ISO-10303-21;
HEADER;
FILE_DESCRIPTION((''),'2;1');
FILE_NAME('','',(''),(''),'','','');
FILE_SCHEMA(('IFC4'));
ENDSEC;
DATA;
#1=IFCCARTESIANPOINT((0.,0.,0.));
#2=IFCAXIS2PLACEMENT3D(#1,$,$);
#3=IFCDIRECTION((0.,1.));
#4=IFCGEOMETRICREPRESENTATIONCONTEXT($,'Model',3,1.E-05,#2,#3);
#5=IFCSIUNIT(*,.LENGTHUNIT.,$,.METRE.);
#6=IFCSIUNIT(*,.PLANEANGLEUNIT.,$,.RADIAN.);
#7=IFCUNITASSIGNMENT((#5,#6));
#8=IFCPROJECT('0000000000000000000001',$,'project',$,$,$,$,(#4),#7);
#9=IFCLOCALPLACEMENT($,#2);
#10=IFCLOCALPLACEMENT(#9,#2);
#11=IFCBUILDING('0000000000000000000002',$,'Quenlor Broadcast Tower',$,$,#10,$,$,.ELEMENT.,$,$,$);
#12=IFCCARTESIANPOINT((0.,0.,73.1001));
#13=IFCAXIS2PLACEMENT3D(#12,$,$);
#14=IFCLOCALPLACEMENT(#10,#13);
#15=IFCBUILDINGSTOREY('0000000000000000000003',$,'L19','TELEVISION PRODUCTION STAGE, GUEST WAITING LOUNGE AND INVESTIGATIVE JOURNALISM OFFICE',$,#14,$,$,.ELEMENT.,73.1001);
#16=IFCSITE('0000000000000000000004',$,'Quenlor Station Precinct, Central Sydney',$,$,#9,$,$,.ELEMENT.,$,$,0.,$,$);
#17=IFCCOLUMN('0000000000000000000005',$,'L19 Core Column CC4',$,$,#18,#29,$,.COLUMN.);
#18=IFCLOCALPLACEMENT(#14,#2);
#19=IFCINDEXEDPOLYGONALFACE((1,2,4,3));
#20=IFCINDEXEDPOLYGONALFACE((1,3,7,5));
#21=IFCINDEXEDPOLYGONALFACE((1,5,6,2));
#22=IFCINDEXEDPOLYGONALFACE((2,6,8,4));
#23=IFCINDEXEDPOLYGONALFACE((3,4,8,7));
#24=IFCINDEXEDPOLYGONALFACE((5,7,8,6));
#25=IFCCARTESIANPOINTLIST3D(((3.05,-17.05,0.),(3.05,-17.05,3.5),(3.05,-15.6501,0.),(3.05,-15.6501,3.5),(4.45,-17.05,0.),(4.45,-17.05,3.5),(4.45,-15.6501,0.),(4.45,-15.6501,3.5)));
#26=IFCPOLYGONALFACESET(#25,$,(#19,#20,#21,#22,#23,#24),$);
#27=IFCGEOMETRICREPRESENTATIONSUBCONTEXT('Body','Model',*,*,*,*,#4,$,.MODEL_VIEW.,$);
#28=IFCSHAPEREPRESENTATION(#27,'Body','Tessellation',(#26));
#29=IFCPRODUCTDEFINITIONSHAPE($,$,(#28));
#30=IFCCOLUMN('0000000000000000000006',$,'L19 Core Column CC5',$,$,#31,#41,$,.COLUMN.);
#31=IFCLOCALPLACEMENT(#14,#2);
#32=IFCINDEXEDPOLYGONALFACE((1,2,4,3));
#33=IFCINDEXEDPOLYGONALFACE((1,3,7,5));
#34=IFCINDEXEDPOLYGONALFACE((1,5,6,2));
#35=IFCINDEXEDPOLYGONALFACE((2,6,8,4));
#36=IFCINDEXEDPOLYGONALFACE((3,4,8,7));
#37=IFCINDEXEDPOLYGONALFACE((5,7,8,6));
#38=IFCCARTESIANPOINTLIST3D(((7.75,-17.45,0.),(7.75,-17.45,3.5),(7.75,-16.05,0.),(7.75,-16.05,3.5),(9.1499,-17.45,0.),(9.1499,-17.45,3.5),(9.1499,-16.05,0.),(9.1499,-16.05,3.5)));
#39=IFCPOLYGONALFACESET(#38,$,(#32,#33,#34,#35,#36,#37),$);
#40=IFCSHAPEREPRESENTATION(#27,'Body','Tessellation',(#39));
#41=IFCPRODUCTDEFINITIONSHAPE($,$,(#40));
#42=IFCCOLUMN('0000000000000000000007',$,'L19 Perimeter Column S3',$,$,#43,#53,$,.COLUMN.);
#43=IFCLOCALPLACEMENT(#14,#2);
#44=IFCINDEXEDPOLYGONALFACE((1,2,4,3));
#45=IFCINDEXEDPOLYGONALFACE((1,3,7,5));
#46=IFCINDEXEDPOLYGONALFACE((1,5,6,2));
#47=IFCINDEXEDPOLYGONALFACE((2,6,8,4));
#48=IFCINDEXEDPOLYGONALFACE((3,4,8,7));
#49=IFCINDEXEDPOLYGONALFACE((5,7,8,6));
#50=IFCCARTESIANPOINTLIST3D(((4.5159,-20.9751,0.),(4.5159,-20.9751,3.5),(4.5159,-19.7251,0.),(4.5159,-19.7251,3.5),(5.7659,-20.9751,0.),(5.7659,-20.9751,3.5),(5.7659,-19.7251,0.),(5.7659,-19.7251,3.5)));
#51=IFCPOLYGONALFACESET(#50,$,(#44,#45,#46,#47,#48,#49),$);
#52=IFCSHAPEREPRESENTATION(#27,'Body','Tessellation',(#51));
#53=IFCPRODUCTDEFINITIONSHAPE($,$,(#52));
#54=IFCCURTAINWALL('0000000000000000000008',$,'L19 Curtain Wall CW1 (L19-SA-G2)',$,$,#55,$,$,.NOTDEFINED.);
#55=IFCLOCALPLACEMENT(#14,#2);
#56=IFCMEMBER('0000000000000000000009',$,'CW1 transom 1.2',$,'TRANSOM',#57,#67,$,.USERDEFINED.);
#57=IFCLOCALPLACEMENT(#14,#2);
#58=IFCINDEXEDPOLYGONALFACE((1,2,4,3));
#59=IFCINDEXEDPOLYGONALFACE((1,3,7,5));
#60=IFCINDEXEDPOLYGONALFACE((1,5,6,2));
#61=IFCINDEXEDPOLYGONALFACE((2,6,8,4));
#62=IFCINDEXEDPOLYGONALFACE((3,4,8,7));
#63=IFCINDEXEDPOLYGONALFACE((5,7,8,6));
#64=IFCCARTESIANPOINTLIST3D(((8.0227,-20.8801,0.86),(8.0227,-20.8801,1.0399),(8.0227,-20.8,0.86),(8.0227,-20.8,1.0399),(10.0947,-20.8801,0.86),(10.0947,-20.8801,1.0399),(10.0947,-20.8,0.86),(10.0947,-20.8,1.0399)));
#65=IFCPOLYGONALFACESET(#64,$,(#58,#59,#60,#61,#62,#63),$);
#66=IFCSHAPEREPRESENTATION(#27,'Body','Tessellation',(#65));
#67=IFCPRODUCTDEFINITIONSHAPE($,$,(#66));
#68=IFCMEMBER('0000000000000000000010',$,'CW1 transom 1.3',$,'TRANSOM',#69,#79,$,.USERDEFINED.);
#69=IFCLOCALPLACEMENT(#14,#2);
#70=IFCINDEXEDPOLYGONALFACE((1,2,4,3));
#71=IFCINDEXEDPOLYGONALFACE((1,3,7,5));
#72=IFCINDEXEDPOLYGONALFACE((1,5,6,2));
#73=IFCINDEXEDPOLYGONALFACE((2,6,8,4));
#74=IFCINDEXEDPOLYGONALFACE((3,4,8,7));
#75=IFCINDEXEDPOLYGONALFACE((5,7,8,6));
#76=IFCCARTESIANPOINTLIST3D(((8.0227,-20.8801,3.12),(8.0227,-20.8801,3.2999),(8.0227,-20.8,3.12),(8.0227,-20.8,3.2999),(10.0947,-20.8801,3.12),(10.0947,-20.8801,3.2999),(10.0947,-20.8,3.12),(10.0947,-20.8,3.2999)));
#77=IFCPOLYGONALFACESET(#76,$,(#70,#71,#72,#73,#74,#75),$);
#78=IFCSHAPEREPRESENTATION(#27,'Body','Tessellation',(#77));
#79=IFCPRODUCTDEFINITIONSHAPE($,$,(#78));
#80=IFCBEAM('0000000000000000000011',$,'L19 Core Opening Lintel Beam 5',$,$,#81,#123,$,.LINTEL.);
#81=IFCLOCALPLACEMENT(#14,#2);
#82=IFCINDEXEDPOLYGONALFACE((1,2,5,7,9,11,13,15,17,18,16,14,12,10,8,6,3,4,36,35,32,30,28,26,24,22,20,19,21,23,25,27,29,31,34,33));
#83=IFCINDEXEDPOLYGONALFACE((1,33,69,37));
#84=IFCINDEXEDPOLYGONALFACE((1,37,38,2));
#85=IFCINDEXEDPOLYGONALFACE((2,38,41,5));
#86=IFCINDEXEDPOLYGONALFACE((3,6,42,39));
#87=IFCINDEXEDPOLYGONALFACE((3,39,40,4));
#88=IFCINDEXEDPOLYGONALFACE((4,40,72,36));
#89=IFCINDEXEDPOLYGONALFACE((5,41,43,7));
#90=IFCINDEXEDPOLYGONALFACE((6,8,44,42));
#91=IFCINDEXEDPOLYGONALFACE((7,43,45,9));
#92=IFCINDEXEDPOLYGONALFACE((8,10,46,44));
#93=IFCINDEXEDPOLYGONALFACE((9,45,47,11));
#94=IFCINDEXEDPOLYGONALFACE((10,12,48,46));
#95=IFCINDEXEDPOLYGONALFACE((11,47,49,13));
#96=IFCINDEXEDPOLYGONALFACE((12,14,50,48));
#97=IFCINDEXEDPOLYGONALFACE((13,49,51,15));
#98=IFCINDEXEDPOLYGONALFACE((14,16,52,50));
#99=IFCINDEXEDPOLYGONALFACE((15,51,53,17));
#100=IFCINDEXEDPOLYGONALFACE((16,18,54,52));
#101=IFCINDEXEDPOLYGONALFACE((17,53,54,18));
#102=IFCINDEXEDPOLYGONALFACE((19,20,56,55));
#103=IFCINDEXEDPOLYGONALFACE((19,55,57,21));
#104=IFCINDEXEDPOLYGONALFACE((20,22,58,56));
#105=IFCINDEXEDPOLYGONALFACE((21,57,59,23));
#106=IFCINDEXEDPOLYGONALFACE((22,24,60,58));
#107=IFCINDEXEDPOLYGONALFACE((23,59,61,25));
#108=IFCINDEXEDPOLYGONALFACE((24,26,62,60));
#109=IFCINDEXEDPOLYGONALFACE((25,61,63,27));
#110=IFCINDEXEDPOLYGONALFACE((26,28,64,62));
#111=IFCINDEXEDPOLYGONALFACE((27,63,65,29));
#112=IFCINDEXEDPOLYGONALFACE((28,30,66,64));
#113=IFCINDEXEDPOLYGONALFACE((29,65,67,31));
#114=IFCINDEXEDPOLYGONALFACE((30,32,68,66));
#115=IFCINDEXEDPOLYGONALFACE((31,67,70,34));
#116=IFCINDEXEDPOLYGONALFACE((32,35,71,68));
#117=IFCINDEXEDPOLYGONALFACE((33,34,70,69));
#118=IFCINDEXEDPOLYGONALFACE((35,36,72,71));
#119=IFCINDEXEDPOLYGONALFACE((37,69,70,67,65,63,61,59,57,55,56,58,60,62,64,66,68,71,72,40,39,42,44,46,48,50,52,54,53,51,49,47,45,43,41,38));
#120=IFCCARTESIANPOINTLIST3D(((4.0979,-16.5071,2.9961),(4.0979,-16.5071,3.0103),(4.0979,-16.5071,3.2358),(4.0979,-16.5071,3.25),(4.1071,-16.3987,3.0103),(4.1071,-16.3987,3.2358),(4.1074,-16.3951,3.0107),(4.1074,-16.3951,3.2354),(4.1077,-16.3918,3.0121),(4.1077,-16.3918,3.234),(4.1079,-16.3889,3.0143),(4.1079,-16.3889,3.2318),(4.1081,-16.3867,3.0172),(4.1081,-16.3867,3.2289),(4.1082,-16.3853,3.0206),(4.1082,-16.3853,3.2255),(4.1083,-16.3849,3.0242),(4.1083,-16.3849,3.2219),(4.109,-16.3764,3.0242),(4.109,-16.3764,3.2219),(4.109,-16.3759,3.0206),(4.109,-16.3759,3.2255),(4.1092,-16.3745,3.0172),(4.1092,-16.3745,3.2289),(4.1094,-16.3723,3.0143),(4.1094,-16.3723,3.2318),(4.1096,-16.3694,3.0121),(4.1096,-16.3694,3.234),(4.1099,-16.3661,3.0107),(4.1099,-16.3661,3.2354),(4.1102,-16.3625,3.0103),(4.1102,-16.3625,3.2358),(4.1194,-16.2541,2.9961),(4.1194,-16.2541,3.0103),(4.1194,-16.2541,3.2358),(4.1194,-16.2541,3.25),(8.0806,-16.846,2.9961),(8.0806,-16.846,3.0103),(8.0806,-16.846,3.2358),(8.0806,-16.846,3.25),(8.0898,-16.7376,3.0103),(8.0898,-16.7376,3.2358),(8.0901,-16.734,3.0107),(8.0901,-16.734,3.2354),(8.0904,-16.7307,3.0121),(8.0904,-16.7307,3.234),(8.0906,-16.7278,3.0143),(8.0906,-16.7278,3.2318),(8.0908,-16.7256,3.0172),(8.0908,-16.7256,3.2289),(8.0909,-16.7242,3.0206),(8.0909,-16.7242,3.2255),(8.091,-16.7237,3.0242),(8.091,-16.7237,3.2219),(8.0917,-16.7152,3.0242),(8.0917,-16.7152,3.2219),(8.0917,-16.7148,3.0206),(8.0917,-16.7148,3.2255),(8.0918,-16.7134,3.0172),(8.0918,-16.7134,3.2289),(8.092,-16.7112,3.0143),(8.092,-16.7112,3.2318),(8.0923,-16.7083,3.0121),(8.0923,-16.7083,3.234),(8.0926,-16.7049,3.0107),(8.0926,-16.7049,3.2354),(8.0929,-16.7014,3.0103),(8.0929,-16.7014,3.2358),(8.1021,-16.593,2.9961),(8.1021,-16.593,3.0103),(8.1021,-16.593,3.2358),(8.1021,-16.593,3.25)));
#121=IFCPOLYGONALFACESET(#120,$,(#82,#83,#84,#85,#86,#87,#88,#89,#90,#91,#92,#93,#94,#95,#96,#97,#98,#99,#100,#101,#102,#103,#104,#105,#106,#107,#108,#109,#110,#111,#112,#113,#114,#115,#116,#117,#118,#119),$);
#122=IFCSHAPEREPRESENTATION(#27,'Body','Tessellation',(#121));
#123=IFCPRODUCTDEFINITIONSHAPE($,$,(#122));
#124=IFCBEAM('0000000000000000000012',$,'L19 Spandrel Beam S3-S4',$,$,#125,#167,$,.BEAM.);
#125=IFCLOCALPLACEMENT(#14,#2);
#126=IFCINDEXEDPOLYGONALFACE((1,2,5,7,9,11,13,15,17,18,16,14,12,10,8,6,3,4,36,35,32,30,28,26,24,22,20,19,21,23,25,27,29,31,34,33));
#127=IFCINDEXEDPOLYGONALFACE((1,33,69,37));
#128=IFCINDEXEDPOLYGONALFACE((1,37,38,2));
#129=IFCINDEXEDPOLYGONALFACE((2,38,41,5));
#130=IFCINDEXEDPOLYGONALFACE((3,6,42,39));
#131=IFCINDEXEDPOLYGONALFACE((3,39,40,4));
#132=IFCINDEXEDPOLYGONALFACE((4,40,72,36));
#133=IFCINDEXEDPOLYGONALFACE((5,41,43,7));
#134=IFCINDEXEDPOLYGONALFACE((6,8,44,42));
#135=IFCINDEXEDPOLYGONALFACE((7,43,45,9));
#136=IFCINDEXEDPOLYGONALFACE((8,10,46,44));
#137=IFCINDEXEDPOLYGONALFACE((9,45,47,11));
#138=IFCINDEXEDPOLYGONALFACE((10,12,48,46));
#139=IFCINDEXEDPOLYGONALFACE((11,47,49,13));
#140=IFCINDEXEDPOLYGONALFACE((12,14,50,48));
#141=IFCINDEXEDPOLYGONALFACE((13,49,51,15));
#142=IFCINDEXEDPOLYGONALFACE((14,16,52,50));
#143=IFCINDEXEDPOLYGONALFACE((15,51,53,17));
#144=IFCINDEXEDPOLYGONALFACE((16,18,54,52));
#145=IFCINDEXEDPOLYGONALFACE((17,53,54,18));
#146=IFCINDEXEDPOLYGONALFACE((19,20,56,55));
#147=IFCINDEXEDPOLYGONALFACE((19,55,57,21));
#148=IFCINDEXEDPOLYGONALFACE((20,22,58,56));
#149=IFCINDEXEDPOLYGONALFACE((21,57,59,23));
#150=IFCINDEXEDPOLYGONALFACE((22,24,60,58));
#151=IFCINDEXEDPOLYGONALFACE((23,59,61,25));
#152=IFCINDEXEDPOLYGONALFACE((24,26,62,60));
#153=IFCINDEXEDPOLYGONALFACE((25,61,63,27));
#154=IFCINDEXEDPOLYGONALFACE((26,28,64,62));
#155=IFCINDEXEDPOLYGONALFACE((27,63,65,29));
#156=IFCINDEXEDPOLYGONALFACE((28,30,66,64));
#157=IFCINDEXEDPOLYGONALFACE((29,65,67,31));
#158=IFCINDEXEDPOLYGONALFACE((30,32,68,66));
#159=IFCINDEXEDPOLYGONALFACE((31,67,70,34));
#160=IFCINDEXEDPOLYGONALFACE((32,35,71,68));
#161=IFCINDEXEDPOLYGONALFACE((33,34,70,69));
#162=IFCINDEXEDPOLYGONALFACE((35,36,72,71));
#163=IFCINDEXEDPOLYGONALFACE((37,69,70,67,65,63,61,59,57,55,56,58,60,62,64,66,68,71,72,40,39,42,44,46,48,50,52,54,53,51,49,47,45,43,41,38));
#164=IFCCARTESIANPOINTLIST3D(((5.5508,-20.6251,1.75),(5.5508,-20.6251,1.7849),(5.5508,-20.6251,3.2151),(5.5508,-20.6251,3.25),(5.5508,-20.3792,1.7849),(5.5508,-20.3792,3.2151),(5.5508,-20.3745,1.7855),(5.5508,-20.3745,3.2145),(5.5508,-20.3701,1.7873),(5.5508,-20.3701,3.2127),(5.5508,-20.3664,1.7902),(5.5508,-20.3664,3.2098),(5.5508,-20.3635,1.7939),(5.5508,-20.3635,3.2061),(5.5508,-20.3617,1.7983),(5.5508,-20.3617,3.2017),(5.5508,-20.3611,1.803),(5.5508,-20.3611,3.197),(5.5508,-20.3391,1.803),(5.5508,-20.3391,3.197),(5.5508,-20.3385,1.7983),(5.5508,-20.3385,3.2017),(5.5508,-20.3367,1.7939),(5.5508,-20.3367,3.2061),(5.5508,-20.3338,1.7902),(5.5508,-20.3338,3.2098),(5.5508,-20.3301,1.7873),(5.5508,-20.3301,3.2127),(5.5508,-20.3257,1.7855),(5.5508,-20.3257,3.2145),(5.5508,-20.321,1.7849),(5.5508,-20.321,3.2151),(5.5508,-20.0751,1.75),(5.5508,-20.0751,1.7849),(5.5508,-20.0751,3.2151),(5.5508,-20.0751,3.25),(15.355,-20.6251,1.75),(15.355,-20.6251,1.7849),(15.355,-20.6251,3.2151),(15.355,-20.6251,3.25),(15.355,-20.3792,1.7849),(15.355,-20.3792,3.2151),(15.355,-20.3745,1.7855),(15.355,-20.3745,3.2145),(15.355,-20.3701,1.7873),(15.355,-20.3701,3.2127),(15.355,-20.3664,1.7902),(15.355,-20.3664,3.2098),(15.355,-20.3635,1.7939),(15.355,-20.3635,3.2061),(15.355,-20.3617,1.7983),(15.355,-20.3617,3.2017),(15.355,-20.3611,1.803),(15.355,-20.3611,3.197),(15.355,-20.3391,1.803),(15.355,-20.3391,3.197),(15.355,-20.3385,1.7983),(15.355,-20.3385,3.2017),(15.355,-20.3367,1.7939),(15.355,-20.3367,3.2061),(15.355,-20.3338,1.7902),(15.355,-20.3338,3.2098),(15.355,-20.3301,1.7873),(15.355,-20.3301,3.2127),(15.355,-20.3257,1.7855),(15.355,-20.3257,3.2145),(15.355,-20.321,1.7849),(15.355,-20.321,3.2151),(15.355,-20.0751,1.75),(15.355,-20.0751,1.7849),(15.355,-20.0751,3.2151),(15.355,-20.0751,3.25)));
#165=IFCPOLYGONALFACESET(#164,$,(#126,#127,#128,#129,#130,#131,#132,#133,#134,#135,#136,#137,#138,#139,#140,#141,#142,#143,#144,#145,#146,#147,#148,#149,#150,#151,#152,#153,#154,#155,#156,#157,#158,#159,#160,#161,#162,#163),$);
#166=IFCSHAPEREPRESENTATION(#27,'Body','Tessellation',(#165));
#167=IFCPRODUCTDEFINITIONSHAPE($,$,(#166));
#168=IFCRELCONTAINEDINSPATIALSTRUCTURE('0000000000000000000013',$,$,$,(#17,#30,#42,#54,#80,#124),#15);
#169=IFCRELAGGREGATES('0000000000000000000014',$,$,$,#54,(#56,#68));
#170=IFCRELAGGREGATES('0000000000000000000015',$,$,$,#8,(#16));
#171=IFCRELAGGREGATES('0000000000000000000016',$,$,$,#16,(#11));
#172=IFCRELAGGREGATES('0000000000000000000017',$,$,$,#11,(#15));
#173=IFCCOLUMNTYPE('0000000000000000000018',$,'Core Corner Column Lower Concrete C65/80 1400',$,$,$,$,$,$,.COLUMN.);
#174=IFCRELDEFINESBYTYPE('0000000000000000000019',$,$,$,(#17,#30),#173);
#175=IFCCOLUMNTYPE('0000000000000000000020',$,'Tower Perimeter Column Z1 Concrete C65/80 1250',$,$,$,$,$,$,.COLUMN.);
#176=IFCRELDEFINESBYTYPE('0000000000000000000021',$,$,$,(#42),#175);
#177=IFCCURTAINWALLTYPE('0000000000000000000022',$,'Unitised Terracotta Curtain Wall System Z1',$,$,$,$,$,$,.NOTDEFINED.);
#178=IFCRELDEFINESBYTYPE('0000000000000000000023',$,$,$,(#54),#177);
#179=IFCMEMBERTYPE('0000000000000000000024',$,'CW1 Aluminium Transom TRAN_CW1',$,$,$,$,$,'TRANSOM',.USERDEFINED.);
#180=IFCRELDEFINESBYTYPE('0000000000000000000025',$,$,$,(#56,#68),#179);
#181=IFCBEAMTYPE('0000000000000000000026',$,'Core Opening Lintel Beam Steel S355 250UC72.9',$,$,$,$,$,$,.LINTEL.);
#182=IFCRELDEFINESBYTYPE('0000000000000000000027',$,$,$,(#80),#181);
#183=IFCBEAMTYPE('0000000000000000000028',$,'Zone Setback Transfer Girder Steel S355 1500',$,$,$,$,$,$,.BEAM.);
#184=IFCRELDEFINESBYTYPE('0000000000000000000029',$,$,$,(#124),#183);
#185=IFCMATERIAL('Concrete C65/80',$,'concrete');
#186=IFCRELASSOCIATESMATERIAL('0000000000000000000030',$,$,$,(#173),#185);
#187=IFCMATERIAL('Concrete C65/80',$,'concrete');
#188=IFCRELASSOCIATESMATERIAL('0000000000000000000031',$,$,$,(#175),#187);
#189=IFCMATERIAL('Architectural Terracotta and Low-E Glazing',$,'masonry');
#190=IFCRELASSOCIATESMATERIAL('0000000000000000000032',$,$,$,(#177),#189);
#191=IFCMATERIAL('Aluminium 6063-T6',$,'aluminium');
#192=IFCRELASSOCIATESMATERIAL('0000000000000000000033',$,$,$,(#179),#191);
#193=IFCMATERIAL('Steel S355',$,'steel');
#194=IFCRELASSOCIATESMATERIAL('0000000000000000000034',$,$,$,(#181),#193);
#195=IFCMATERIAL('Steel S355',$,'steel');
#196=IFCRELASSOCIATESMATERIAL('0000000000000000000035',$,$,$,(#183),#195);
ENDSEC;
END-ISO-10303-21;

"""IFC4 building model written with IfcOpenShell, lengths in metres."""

from ifc_helpers import new_model, si_unit, direction, frame, origin, origin_2d, place, context, subcontext, project, spatial, rectangle, i_section, extrude, material, material_profile, profile_set, type_object, element, aggregate, save


model = new_model("IFC4")

# Units and contexts
model_context = context("Model", 3, precision=1e-05, world=origin(), true_north=direction((0.0, 1.0)))
body_context = subcontext(model_context, "Body", "Model", "MODEL_VIEW")
ifc_project = project(units=[si_unit("LENGTHUNIT", "METRE"), si_unit("PLANEANGLEUNIT", "RADIAN")], contexts=[model_context])

# Site, building, storey
site_placement = place(None, origin())
site = spatial("IfcSite", under=ifc_project, at=site_placement, Name="Quenlor Station Precinct, Central Sydney", CompositionType="ELEMENT", RefElevation=0.0)
building_placement = place(site_placement, origin())
building = spatial("IfcBuilding", under=site, at=building_placement, Name="Quenlor Broadcast Tower", CompositionType="ELEMENT")
storey_placement = place(building_placement, frame((0.0, 0.0, 73.1001)))
storey = spatial("IfcBuildingStorey", under=building, at=storey_placement, Name="L19", Description="TELEVISION PRODUCTION STAGE, GUEST WAITING LOUNGE AND INVESTIGATIVE JOURNALISM OFFICE", CompositionType="ELEMENT", Elevation=73.1001)

# Columns
ifc_material_1 = material(Name="Concrete C65/80", Category="concrete")
ifc_material_profile_1 = material_profile(ifc_material_1, rectangle(XDim=1.3999, YDim=1.3999, at=origin_2d()))
ifc_profile_set_1 = profile_set([ifc_material_profile_1], Name="Concrete C65/80 RC1400x1400")
column_type_1 = type_object("IfcColumnType", Name="Core Corner Column Lower Concrete C65/80 1400", PredefinedType="COLUMN", material=ifc_profile_set_1)
for number, where, z_axis, x_axis, name in (
    (1, (3.75, -16.3501, 0.0), (0.0, 0.0, 1.0), (1.0, 0.0, 0.0), "L19 Core Column CC4"),
    (2, (8.45, -16.75, 0.0), (0.0, 0.0, 1.0), (1.0, 0.0, 0.0), "L19 Core Column CC5"),
):
    element("IfcColumn", number, at=place(storey_placement, frame(where, z_axis=z_axis, x_axis=x_axis)), inside=storey, type_object=column_type_1, Name=name, PredefinedType="COLUMN", context=body_context, shape_type="SweptSolid", body=[
        extrude(rectangle(XDim=1.3999, YDim=1.3999, at=origin_2d()), origin(), (0.0, 0.0, 1.0), 3.5),
    ])
ifc_material_2 = material(Name="Concrete C65/80", Category="concrete")
ifc_material_profile_2 = material_profile(ifc_material_2, rectangle(XDim=1.25, YDim=1.25, at=origin_2d()))
ifc_profile_set_2 = profile_set([ifc_material_profile_2], Name="Concrete C65/80 RC1250x1250")
column_type_2 = type_object("IfcColumnType", Name="Tower Perimeter Column Z1 Concrete C65/80 1250", PredefinedType="COLUMN", material=ifc_profile_set_2)
column_placement = place(storey_placement, frame((5.1409, -20.3501, 0.0), z_axis=(0.0, 0.0, 1.0), x_axis=(0.0, 1.0, 0.0)))
element("IfcColumn", 3, at=column_placement, inside=storey, type_object=column_type_2, Name="L19 Perimeter Column S3", PredefinedType="COLUMN", context=body_context, shape_type="SweptSolid", body=[
    extrude(rectangle(XDim=1.25, YDim=1.25, at=origin_2d()), origin(), (0.0, 0.0, 1.0), 3.5),
])

# Curtain wall, members
ifc_material_3 = material(Name="Architectural Terracotta and Low-E Glazing", Category="masonry")
curtain_wall_type = type_object("IfcCurtainWallType", Name="Unitised Terracotta Curtain Wall System Z1", PredefinedType="NOTDEFINED", material=ifc_material_3)
curtain_wall_placement = place(storey_placement, origin())
curtain_wall = element("IfcCurtainWall", 4, at=curtain_wall_placement, inside=storey, type_object=curtain_wall_type, Name="L19 Curtain Wall CW1 (L19-SA-G2)", PredefinedType="NOTDEFINED")
ifc_material_4 = material(Name="Aluminium 6063-T6", Category="aluminium")
ifc_material_profile_3 = material_profile(ifc_material_4, rectangle(XDim=0.0801, YDim=0.1799, at=origin_2d()))
ifc_profile_set_3 = profile_set([ifc_material_profile_3], Name="Aluminium 6063-T6 TRAN80x180")
member_type = type_object("IfcMemberType", Name="CW1 Aluminium Transom TRAN_CW1", ElementType="TRANSOM", PredefinedType="USERDEFINED", material=ifc_profile_set_3)
member_1_placement = place(storey_placement, frame((10.0947, -20.8401, 0.95), z_axis=(-1.0, 0.0, 0.0), x_axis=(0.0, -1.0, 0.0)))
member_1 = element("IfcMember", 5, at=member_1_placement, type_object=member_type, Name="CW1 transom 1.2", ObjectType="TRANSOM", PredefinedType="USERDEFINED", context=body_context, shape_type="SweptSolid", body=[
    extrude(rectangle(XDim=0.0801, YDim=0.1799, at=origin_2d()), origin(), (0.0, 0.0, 1.0), 2.072),
])
member_2_placement = place(storey_placement, frame((10.0947, -20.8401, 3.21), z_axis=(-1.0, 0.0, 0.0), x_axis=(0.0, -1.0, 0.0)))
member_2 = element("IfcMember", 6, at=member_2_placement, type_object=member_type, Name="CW1 transom 1.3", ObjectType="TRANSOM", PredefinedType="USERDEFINED", context=body_context, shape_type="SweptSolid", body=[
    extrude(rectangle(XDim=0.0801, YDim=0.1799, at=origin_2d()), origin(), (0.0, 0.0, 1.0), 2.072),
])
aggregate(curtain_wall, [member_1, member_2])

# Beams
ifc_material_5 = material(Name="Steel S355", Category="steel")
ifc_material_profile_4 = material_profile(ifc_material_5, i_section(OverallWidth=0.2539, OverallDepth=0.2539, WebThickness=0.0085, FlangeThickness=0.0142, FilletRadius=0.0139, at=origin_2d()))
ifc_profile_set_4 = profile_set([ifc_material_profile_4], Name="Steel S355 250UC72.9")
beam_type_1 = type_object("IfcBeamType", Name="Core Opening Lintel Beam Steel S355 250UC72.9", PredefinedType="LINTEL", material=ifc_profile_set_4)
beam_1_placement = place(storey_placement, frame((4.1086, -16.3806, 3.123), z_axis=(0.9964, -0.084779, 0.0), x_axis=(0.084779, 0.9964, 0.0)))
element("IfcBeam", 7, at=beam_1_placement, inside=storey, type_object=beam_type_1, Name="L19 Core Opening Lintel Beam 5", PredefinedType="LINTEL", context=body_context, shape_type="SweptSolid", body=[
    extrude(i_section(OverallWidth=0.2539, OverallDepth=0.2539, WebThickness=0.0085, FlangeThickness=0.0142, FilletRadius=0.0139, at=origin_2d()), origin(), (0.0, 0.0, 1.0), 3.9971),
])
ifc_material_6 = material(Name="Steel S355", Category="steel")
ifc_material_profile_5 = material_profile(ifc_material_6, i_section(OverallWidth=0.55, OverallDepth=1.5, WebThickness=0.022, FlangeThickness=0.0349, FilletRadius=0.0181, at=origin_2d()))
ifc_profile_set_5 = profile_set([ifc_material_profile_5], Name="Steel S355 1500TG510")
beam_type_2 = type_object("IfcBeamType", Name="Zone Setback Transfer Girder Steel S355 1500", PredefinedType="BEAM", material=ifc_profile_set_5)
beam_2_placement = place(storey_placement, frame((5.5508, -20.3501, 2.5), z_axis=(1.0, 0.0, 0.0), x_axis=(0.0, 1.0, 0.0)))
element("IfcBeam", 8, at=beam_2_placement, inside=storey, type_object=beam_type_2, Name="L19 Spandrel Beam S3-S4", PredefinedType="BEAM", context=body_context, shape_type="SweptSolid", body=[
    extrude(i_section(OverallWidth=0.55, OverallDepth=1.5, WebThickness=0.022, FlangeThickness=0.0349, FilletRadius=0.0181, at=origin_2d()), origin(), (0.0, 0.0, 1.0), 9.8042),
])

save(model, "model.ifc")
